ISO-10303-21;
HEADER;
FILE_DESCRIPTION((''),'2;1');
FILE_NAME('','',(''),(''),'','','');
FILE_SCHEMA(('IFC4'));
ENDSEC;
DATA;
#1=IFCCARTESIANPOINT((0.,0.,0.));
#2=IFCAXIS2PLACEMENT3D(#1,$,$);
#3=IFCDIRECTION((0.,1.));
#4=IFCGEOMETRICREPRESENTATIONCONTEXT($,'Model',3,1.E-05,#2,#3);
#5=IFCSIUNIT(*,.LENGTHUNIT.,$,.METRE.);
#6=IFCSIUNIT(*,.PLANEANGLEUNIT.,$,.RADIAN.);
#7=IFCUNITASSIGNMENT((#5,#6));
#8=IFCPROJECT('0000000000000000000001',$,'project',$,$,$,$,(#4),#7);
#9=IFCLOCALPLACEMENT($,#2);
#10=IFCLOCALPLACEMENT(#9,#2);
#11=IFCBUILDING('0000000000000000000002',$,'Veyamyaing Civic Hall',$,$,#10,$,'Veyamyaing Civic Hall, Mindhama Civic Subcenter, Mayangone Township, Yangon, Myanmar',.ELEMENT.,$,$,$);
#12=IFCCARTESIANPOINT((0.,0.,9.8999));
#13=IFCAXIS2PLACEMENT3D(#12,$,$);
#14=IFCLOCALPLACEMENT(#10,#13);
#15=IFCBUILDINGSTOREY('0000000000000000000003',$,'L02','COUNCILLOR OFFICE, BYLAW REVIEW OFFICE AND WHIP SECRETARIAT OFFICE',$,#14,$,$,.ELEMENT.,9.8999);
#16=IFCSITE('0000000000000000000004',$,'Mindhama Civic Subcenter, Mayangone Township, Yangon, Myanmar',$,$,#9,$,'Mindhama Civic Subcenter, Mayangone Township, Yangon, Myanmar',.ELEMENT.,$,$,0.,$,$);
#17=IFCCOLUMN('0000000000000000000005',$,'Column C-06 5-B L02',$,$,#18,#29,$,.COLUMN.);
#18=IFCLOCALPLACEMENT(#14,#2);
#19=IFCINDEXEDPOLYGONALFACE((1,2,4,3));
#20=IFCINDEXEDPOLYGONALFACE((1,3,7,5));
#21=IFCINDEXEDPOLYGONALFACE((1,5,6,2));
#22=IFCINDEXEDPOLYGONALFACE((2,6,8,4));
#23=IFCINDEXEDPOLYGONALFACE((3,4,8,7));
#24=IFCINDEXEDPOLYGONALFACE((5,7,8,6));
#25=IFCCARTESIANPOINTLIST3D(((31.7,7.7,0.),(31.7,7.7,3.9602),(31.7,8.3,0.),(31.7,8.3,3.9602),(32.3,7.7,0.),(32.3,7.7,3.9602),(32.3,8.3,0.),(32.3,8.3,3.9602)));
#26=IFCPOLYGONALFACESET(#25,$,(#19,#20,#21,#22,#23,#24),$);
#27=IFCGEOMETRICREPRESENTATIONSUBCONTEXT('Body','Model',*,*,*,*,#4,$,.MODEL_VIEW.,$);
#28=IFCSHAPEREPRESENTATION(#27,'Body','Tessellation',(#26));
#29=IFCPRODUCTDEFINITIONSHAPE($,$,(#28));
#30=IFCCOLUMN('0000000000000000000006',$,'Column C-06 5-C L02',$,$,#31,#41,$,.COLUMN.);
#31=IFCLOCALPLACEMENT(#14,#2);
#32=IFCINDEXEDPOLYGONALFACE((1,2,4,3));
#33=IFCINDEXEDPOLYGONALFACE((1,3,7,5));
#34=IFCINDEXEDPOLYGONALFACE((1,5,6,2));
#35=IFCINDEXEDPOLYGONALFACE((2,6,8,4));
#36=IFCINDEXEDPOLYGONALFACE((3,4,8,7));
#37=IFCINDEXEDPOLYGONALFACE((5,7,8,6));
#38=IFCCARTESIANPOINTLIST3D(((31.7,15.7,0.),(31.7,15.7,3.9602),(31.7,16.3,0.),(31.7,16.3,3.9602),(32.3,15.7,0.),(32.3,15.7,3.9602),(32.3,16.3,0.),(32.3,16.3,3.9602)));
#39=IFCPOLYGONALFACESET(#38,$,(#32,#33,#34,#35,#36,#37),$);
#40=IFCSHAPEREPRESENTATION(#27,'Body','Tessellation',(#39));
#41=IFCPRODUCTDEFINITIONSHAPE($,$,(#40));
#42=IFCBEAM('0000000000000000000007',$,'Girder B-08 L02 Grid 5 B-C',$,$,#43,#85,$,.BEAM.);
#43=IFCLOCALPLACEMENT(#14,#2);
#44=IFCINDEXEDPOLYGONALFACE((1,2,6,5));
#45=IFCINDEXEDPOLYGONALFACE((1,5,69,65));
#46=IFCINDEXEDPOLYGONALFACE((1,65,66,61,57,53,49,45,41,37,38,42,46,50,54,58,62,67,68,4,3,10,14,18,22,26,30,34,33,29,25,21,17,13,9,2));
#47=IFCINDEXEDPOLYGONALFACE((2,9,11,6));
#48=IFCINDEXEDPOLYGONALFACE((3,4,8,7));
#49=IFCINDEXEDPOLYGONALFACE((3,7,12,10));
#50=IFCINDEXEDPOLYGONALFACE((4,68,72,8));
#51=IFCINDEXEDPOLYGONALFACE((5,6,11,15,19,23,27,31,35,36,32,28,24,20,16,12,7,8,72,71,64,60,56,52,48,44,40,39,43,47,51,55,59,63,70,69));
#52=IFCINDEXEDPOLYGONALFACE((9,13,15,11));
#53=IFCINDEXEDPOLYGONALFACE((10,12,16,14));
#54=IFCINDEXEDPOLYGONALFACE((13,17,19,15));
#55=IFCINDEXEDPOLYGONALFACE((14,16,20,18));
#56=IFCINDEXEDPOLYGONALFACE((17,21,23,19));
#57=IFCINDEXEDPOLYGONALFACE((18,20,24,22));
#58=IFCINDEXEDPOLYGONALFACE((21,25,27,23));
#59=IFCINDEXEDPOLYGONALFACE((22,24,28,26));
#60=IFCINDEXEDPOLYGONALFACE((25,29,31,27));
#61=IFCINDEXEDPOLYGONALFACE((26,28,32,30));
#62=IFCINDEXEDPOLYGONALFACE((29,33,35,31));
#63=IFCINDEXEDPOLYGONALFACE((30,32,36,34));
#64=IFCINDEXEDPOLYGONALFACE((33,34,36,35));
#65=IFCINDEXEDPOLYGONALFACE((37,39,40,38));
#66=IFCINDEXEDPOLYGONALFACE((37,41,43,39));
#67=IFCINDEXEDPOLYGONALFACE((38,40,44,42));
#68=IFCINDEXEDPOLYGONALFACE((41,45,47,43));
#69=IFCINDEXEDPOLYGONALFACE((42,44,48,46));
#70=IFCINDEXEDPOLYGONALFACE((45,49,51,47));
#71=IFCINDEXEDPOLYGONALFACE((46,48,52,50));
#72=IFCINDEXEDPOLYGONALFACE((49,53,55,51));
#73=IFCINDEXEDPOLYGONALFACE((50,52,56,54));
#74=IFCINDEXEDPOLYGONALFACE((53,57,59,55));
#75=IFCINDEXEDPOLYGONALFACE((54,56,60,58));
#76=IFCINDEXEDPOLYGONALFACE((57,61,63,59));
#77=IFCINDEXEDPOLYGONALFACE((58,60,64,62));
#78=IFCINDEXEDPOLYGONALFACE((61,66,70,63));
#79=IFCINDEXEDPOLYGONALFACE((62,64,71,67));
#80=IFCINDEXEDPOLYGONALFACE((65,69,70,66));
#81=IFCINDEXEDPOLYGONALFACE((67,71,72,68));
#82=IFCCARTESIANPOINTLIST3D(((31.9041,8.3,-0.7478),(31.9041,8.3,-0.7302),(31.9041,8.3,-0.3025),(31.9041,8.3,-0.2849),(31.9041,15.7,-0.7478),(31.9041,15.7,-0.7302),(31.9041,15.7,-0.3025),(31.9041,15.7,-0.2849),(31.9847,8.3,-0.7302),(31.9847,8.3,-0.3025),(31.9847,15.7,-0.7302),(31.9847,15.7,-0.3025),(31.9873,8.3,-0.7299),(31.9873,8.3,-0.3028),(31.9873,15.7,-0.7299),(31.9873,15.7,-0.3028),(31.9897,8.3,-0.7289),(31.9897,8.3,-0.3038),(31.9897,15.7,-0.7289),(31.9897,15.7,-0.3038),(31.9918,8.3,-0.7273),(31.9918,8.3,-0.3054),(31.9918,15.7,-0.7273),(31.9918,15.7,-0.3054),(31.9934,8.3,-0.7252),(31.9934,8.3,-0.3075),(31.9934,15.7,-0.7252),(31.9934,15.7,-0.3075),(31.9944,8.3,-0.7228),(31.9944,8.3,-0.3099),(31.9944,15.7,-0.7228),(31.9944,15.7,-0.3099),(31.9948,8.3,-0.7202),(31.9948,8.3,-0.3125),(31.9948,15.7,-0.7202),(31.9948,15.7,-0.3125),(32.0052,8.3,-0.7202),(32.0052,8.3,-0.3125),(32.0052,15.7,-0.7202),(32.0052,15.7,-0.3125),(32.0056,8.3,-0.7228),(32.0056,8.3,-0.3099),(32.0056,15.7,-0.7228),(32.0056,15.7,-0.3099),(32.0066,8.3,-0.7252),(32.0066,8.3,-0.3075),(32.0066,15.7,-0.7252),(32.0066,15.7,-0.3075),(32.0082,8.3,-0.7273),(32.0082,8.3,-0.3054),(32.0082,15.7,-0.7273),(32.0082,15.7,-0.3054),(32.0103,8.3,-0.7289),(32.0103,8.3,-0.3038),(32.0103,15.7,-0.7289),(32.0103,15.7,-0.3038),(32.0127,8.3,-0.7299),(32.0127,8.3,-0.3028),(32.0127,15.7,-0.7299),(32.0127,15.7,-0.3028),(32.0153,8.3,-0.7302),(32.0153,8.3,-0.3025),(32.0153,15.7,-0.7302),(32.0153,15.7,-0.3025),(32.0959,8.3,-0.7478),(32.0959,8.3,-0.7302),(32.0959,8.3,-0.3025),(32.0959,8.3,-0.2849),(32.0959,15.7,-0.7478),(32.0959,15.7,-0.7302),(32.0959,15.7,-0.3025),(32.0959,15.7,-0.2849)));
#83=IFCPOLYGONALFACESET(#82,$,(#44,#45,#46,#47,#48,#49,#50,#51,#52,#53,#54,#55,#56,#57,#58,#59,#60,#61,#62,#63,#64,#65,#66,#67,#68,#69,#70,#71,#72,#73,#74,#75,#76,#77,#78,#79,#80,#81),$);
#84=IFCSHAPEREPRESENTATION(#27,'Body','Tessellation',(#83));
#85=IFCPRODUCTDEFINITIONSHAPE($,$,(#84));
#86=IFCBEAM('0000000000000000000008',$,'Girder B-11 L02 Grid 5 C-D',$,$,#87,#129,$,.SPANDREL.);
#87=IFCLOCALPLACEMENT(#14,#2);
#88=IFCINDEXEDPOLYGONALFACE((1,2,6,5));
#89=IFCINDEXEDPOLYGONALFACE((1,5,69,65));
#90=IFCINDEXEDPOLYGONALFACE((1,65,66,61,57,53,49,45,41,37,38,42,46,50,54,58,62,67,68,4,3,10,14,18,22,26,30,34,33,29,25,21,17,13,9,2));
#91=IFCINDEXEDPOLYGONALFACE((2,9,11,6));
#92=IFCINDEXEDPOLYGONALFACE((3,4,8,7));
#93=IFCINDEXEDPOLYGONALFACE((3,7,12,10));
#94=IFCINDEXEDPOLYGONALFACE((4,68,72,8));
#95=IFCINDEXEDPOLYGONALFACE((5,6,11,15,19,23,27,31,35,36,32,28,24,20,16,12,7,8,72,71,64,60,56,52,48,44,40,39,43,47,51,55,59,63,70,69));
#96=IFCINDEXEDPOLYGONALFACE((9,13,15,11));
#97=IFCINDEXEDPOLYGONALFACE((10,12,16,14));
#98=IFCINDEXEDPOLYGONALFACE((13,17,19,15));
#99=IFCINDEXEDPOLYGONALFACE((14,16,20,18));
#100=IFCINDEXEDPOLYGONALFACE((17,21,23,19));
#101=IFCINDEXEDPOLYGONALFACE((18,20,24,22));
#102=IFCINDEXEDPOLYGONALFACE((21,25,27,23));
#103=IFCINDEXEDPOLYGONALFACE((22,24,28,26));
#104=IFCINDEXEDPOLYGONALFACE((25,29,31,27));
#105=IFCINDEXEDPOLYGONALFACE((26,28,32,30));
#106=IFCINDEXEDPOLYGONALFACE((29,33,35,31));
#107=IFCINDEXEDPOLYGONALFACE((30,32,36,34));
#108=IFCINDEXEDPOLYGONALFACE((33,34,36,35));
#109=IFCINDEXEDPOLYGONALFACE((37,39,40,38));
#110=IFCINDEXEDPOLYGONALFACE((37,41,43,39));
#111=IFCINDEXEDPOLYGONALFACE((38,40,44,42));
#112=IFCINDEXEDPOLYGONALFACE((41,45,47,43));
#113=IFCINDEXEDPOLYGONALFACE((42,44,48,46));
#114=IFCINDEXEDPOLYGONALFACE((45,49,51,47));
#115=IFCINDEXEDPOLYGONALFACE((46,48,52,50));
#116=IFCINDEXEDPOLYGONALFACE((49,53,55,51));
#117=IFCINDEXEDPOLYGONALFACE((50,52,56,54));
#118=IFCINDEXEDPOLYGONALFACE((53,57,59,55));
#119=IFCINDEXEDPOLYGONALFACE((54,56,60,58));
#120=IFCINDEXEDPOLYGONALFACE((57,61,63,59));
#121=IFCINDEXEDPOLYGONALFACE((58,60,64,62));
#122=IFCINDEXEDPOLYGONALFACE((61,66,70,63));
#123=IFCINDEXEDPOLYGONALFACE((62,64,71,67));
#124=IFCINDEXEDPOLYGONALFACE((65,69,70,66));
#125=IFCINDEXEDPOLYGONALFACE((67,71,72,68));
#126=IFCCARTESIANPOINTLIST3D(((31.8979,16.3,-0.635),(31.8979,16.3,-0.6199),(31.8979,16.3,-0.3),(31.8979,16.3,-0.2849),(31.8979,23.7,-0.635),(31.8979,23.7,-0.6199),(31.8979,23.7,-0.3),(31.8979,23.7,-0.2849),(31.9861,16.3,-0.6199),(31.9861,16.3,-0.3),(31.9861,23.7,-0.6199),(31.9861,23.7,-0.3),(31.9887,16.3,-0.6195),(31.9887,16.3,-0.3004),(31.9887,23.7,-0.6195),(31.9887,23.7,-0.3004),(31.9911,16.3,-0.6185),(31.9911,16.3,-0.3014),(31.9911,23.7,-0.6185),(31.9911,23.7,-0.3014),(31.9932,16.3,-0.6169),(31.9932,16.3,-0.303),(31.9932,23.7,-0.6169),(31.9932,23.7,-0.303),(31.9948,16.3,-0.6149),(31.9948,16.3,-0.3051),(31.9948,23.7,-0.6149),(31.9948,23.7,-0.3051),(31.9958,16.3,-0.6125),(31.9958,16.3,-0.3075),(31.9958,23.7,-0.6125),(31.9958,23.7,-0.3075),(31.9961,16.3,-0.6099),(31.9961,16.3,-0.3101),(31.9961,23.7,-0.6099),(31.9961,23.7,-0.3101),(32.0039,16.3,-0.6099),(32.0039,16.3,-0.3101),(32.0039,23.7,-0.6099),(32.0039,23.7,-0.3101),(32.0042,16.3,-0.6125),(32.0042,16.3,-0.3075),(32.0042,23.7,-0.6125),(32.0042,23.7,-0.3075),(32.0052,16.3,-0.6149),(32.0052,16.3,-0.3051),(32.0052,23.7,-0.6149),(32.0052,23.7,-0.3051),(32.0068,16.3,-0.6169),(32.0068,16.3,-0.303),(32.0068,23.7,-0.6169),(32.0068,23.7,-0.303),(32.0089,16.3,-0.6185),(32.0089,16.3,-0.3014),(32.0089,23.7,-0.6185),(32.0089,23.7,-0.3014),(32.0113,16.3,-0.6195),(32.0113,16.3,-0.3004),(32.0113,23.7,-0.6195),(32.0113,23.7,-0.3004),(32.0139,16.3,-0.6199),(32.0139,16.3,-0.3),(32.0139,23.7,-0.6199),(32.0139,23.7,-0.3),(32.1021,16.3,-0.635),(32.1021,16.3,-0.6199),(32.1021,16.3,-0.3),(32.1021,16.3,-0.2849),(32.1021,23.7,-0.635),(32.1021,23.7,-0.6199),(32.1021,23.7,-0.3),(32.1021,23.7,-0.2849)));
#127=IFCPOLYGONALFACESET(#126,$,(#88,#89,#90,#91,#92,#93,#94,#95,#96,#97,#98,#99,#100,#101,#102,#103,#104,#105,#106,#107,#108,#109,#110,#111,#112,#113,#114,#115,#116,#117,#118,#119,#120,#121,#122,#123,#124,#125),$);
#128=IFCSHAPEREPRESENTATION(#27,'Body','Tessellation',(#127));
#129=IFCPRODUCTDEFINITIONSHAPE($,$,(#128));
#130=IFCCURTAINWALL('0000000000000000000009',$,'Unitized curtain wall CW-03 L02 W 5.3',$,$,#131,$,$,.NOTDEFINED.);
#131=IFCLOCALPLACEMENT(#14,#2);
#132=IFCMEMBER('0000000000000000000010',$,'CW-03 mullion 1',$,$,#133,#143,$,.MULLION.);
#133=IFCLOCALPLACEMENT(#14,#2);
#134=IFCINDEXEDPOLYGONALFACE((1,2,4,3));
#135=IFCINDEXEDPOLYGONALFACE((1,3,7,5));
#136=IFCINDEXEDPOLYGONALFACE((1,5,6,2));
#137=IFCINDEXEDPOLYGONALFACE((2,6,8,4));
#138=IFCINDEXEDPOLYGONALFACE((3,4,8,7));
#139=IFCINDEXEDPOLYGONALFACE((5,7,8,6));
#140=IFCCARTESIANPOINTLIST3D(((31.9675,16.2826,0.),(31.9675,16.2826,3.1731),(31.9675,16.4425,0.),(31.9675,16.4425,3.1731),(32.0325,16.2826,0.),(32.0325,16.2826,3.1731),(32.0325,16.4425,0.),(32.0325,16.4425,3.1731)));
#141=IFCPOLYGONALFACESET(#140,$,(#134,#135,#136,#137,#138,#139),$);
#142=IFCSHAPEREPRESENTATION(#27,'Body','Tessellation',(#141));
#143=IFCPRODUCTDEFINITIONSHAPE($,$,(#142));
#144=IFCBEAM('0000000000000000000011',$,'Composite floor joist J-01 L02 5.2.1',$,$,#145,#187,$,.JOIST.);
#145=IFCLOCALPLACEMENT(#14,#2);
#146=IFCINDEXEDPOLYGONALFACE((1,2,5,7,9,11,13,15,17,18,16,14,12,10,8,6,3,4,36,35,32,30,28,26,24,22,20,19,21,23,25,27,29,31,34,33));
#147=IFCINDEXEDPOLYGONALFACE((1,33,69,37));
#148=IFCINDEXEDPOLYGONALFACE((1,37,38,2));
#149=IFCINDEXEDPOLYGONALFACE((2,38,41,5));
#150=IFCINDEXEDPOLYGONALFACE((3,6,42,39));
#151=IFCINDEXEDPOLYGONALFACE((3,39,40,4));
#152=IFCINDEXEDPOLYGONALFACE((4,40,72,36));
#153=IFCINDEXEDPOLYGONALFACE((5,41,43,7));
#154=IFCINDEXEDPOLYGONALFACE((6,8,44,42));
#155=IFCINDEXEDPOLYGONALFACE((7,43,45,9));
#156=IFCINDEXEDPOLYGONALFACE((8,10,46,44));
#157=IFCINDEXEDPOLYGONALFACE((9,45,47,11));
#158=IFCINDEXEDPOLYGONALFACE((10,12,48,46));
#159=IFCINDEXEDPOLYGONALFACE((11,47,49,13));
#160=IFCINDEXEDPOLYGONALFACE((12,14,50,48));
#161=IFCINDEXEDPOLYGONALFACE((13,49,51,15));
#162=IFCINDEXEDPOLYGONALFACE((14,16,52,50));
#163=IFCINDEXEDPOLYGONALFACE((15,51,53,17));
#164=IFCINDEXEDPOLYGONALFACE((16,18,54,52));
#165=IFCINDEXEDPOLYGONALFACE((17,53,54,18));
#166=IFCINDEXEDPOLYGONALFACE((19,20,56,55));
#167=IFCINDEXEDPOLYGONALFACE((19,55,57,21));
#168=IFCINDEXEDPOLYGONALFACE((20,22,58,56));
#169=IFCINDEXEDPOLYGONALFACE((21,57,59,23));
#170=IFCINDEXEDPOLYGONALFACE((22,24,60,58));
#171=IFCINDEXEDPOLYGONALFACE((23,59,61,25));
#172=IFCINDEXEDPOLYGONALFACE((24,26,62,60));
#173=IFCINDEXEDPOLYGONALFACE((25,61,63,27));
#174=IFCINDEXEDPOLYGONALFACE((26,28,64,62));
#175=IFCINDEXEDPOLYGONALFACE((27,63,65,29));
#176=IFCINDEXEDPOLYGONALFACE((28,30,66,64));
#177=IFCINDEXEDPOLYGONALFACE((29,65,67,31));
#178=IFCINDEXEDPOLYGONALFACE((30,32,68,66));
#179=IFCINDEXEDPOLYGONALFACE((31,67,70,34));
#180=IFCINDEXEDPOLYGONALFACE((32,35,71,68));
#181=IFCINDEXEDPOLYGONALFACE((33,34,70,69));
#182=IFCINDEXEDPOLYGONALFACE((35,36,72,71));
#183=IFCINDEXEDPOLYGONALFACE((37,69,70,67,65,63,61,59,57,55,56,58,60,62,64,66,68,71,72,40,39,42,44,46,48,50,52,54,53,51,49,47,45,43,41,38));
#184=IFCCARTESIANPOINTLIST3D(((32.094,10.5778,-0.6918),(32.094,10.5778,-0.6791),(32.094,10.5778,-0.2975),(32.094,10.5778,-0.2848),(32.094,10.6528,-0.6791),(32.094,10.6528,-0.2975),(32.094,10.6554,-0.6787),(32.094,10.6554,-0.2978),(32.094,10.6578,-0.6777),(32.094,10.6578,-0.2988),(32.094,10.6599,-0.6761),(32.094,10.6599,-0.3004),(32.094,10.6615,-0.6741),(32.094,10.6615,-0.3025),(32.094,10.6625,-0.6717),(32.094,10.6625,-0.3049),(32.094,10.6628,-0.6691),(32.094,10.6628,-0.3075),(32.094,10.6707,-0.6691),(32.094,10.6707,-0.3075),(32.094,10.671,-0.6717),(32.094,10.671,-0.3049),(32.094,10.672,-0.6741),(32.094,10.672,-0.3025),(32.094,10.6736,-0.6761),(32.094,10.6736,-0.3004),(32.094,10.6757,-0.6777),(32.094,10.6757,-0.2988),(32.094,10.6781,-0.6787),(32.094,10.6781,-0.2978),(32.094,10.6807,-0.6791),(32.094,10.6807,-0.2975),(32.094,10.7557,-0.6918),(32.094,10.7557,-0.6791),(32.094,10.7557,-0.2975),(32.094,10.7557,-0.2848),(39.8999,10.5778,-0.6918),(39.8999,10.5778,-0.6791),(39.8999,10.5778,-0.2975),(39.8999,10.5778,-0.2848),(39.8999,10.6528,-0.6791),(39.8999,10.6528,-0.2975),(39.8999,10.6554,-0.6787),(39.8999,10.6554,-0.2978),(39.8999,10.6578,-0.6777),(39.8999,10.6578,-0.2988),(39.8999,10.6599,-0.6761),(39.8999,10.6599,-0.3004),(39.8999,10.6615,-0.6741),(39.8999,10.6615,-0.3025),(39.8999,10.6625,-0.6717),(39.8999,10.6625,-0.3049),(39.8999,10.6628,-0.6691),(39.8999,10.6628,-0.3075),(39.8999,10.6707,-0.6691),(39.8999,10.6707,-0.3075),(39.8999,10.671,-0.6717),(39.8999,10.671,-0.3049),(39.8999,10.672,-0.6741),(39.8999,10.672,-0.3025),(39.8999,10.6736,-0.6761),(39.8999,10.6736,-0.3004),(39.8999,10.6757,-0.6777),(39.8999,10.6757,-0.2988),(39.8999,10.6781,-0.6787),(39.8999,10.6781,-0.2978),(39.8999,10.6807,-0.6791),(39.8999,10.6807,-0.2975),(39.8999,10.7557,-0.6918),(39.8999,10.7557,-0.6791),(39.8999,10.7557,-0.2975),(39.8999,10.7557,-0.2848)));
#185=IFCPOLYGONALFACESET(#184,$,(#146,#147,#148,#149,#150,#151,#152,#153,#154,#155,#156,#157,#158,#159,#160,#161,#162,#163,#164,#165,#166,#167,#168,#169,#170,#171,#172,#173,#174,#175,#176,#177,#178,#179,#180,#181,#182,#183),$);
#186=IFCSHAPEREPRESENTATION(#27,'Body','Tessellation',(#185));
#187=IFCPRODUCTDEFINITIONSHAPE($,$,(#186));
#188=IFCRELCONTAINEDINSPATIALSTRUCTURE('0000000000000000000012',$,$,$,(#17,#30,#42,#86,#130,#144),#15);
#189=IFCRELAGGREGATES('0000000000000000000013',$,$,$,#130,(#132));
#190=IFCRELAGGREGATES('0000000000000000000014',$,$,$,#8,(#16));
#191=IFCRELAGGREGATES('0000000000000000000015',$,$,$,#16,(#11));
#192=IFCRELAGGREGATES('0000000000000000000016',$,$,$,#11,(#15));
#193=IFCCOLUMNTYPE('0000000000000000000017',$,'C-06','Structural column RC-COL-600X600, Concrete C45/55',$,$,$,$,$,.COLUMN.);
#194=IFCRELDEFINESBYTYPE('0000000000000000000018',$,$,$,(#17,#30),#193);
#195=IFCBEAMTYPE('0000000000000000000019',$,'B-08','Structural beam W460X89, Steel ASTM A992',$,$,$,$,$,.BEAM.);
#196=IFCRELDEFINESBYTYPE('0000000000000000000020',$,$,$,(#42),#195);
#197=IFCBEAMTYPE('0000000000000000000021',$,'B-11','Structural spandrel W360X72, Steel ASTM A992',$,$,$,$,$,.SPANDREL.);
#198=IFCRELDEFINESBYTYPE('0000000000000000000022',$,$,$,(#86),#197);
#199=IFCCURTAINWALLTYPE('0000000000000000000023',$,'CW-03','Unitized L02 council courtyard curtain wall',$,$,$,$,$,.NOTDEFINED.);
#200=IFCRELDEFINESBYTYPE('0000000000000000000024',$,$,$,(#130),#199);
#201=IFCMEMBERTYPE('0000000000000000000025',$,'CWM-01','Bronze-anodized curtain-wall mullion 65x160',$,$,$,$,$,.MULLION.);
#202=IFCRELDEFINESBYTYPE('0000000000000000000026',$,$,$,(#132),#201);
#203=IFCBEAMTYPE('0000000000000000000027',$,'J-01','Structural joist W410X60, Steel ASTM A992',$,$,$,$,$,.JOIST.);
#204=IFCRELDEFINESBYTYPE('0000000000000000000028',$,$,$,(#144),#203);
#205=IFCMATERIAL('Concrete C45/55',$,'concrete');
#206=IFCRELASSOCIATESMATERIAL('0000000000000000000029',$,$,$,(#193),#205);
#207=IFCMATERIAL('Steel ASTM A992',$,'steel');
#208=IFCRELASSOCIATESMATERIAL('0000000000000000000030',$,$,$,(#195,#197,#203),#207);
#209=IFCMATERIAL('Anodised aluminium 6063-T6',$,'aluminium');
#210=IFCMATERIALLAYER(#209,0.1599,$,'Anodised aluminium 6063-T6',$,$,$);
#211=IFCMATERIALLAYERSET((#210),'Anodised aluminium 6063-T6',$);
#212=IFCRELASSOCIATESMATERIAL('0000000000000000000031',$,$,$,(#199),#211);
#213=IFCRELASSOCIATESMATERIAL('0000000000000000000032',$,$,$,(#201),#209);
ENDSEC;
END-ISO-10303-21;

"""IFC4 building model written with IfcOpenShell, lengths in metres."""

from ifc_helpers import new_model, si_unit, direction, frame, origin, origin_2d, place, context, subcontext, project, spatial, rectangle, i_section, extrude, material, layer, layer_set, material_profile, profile_set, type_object, element, aggregate, save


model = new_model("IFC4")

# Units and contexts
model_context = context("Model", 3, precision=1e-05, world=origin(), true_north=direction((0.0, 1.0)))
body_context = subcontext(model_context, "Body", "Model", "MODEL_VIEW")
ifc_project = project(units=[si_unit("LENGTHUNIT", "METRE"), si_unit("PLANEANGLEUNIT", "RADIAN")], contexts=[model_context])

# Site, building, storey
site_placement = place(None, origin())
site = spatial("IfcSite", under=ifc_project, at=site_placement, Name="Mindhama Civic Subcenter, Mayangone Township, Yangon, Myanmar", LongName="Mindhama Civic Subcenter, Mayangone Township, Yangon, Myanmar", CompositionType="ELEMENT", RefElevation=0.0)
building_placement = place(site_placement, origin())
building = spatial("IfcBuilding", under=site, at=building_placement, Name="Veyamyaing Civic Hall", LongName="Veyamyaing Civic Hall, Mindhama Civic Subcenter, Mayangone Township, Yangon, Myanmar", CompositionType="ELEMENT")
storey_placement = place(building_placement, frame((0.0, 0.0, 9.8999)))
storey = spatial("IfcBuildingStorey", under=building, at=storey_placement, Name="L02", Description="COUNCILLOR OFFICE, BYLAW REVIEW OFFICE AND WHIP SECRETARIAT OFFICE", CompositionType="ELEMENT", Elevation=9.8999)

# Columns
ifc_material_1 = material(Name="Concrete C45/55", Category="concrete")
ifc_material_profile_1 = material_profile(ifc_material_1, rectangle(XDim=0.6001, YDim=0.6001, at=origin_2d()), Name="RC-COL-600X600")
ifc_profile_set_1 = profile_set([ifc_material_profile_1], Name="Concrete C45/55")
column_type = type_object("IfcColumnType", Name="C-06", Description="Structural column RC-COL-600X600, Concrete C45/55", PredefinedType="COLUMN", material=ifc_profile_set_1)
for number, where, z_axis, x_axis, name in (
    (1, (32.0, 8.0, 0.0), (0.0, 0.0, 1.0), (1.0, 0.0, 0.0), "Column C-06 5-B L02"),
    (2, (32.0, 16.0, 0.0), (0.0, 0.0, 1.0), (1.0, 0.0, 0.0), "Column C-06 5-C L02"),
):
    element("IfcColumn", number, at=place(storey_placement, frame(where, z_axis=z_axis, x_axis=x_axis)), inside=storey, type_object=column_type, Name=name, PredefinedType="COLUMN", context=body_context, shape_type="SweptSolid", body=[
        extrude(rectangle(XDim=0.6001, YDim=0.6001, at=origin_2d()), origin(), (0.0, 0.0, 1.0), 3.9602),
    ])

# Beams
ifc_material_2 = material(Name="Steel ASTM A992", Category="steel")
ifc_material_profile_2 = material_profile(ifc_material_2, i_section(OverallWidth=0.1919, OverallDepth=0.4629, WebThickness=0.0105, FlangeThickness=0.0176, FilletRadius=0.01, at=origin_2d()), Name="W460X89")
ifc_profile_set_2 = profile_set([ifc_material_profile_2], Name="Steel ASTM A992")
beam_type_1 = type_object("IfcBeamType", Name="B-08", Description="Structural beam W460X89, Steel ASTM A992", PredefinedType="BEAM", material=ifc_profile_set_2)
beam_1_placement = place(storey_placement, frame((32.0, 8.3, -0.5164), z_axis=(0.0, 1.0, 0.0), x_axis=(-1.0, 0.0, 0.0)))
element("IfcBeam", 3, at=beam_1_placement, inside=storey, type_object=beam_type_1, Name="Girder B-08 L02 Grid 5 B-C", PredefinedType="BEAM", context=body_context, shape_type="SweptSolid", body=[
    extrude(i_section(OverallWidth=0.1919, OverallDepth=0.4629, WebThickness=0.0105, FlangeThickness=0.0176, FilletRadius=0.01, at=origin_2d()), origin(), (0.0, 0.0, 1.0), 7.3999),
])
ifc_material_profile_3 = material_profile(ifc_material_2, i_section(OverallWidth=0.2041, OverallDepth=0.3501, WebThickness=0.0078, FlangeThickness=0.0151, FilletRadius=0.01, at=origin_2d()), Name="W360X72")
ifc_profile_set_3 = profile_set([ifc_material_profile_3], Name="Steel ASTM A992")
beam_type_2 = type_object("IfcBeamType", Name="B-11", Description="Structural spandrel W360X72, Steel ASTM A992", PredefinedType="SPANDREL", material=ifc_profile_set_3)
beam_2_placement = place(storey_placement, frame((32.0, 16.3, -0.46), z_axis=(0.0, 1.0, 0.0), x_axis=(-1.0, 0.0, 0.0)))
element("IfcBeam", 4, at=beam_2_placement, inside=storey, type_object=beam_type_2, Name="Girder B-11 L02 Grid 5 C-D", PredefinedType="SPANDREL", context=body_context, shape_type="SweptSolid", body=[
    extrude(i_section(OverallWidth=0.2041, OverallDepth=0.3501, WebThickness=0.0078, FlangeThickness=0.0151, FilletRadius=0.01, at=origin_2d()), origin(), (0.0, 0.0, 1.0), 7.3999),
])

# Curtain wall, member
ifc_material_3 = material(Name="Anodised aluminium 6063-T6", Category="aluminium")
ifc_layer_1 = layer(ifc_material_3, 0.1599, Name="Anodised aluminium 6063-T6")
ifc_layer_set_1 = layer_set([ifc_layer_1], Name="Anodised aluminium 6063-T6")
curtain_wall_type = type_object("IfcCurtainWallType", Name="CW-03", Description="Unitized L02 council courtyard curtain wall", PredefinedType="NOTDEFINED", material=ifc_layer_set_1)
curtain_wall_placement = place(storey_placement, origin())
curtain_wall = element("IfcCurtainWall", 5, at=curtain_wall_placement, inside=storey, type_object=curtain_wall_type, Name="Unitized curtain wall CW-03 L02 W 5.3", PredefinedType="NOTDEFINED")
ifc_material_profile_4 = material_profile(ifc_material_3, rectangle(XDim=0.0649, YDim=0.1599, at=origin_2d()), Name="ALU-MUL-65X160")
ifc_profile_set_4 = profile_set([ifc_material_profile_4], Name="Anodised aluminium 6063-T6")
member_type = type_object("IfcMemberType", Name="CWM-01", Description="Bronze-anodized curtain-wall mullion 65x160", PredefinedType="MULLION", material=ifc_profile_set_4)
member_placement = place(storey_placement, frame((32.0, 16.3625, 0.0), z_axis=(0.0, 0.0, 1.0), x_axis=(-1.0, 0.0, 0.0)))
member = element("IfcMember", 6, at=member_placement, type_object=member_type, Name="CW-03 mullion 1", PredefinedType="MULLION", context=body_context, shape_type="SweptSolid", body=[
    extrude(rectangle(XDim=0.0649, YDim=0.1599, at=origin_2d()), origin(), (0.0, 0.0, 1.0), 3.1731),
])
aggregate(curtain_wall, [member])

# Beam
ifc_material_profile_5 = material_profile(ifc_material_2, i_section(OverallWidth=0.178, OverallDepth=0.407, WebThickness=0.0078, FlangeThickness=0.0127, FilletRadius=0.01, at=origin_2d()), Name="W410X60")
ifc_profile_set_5 = profile_set([ifc_material_profile_5], Name="Steel ASTM A992")
beam_type_3 = type_object("IfcBeamType", Name="J-01", Description="Structural joist W410X60, Steel ASTM A992", PredefinedType="JOIST", material=ifc_profile_set_5)
for number, where, z_axis, x_axis, name in (
    (7, (32.094, 10.6667, -0.4883), (1.0, 0.0, 0.0), (0.0, 1.0, 0.0), "Composite floor joist J-01 L02 5.2.1"),
):
    element("IfcBeam", number, at=place(storey_placement, frame(where, z_axis=z_axis, x_axis=x_axis)), inside=storey, type_object=beam_type_3, Name=name, PredefinedType="JOIST", context=body_context, shape_type="SweptSolid", body=[
        extrude(i_section(OverallWidth=0.178, OverallDepth=0.407, WebThickness=0.0078, FlangeThickness=0.0127, FilletRadius=0.01, at=origin_2d()), origin(), (0.0, 0.0, 1.0), 7.8059),
    ])

save(model, "model.ifc")
